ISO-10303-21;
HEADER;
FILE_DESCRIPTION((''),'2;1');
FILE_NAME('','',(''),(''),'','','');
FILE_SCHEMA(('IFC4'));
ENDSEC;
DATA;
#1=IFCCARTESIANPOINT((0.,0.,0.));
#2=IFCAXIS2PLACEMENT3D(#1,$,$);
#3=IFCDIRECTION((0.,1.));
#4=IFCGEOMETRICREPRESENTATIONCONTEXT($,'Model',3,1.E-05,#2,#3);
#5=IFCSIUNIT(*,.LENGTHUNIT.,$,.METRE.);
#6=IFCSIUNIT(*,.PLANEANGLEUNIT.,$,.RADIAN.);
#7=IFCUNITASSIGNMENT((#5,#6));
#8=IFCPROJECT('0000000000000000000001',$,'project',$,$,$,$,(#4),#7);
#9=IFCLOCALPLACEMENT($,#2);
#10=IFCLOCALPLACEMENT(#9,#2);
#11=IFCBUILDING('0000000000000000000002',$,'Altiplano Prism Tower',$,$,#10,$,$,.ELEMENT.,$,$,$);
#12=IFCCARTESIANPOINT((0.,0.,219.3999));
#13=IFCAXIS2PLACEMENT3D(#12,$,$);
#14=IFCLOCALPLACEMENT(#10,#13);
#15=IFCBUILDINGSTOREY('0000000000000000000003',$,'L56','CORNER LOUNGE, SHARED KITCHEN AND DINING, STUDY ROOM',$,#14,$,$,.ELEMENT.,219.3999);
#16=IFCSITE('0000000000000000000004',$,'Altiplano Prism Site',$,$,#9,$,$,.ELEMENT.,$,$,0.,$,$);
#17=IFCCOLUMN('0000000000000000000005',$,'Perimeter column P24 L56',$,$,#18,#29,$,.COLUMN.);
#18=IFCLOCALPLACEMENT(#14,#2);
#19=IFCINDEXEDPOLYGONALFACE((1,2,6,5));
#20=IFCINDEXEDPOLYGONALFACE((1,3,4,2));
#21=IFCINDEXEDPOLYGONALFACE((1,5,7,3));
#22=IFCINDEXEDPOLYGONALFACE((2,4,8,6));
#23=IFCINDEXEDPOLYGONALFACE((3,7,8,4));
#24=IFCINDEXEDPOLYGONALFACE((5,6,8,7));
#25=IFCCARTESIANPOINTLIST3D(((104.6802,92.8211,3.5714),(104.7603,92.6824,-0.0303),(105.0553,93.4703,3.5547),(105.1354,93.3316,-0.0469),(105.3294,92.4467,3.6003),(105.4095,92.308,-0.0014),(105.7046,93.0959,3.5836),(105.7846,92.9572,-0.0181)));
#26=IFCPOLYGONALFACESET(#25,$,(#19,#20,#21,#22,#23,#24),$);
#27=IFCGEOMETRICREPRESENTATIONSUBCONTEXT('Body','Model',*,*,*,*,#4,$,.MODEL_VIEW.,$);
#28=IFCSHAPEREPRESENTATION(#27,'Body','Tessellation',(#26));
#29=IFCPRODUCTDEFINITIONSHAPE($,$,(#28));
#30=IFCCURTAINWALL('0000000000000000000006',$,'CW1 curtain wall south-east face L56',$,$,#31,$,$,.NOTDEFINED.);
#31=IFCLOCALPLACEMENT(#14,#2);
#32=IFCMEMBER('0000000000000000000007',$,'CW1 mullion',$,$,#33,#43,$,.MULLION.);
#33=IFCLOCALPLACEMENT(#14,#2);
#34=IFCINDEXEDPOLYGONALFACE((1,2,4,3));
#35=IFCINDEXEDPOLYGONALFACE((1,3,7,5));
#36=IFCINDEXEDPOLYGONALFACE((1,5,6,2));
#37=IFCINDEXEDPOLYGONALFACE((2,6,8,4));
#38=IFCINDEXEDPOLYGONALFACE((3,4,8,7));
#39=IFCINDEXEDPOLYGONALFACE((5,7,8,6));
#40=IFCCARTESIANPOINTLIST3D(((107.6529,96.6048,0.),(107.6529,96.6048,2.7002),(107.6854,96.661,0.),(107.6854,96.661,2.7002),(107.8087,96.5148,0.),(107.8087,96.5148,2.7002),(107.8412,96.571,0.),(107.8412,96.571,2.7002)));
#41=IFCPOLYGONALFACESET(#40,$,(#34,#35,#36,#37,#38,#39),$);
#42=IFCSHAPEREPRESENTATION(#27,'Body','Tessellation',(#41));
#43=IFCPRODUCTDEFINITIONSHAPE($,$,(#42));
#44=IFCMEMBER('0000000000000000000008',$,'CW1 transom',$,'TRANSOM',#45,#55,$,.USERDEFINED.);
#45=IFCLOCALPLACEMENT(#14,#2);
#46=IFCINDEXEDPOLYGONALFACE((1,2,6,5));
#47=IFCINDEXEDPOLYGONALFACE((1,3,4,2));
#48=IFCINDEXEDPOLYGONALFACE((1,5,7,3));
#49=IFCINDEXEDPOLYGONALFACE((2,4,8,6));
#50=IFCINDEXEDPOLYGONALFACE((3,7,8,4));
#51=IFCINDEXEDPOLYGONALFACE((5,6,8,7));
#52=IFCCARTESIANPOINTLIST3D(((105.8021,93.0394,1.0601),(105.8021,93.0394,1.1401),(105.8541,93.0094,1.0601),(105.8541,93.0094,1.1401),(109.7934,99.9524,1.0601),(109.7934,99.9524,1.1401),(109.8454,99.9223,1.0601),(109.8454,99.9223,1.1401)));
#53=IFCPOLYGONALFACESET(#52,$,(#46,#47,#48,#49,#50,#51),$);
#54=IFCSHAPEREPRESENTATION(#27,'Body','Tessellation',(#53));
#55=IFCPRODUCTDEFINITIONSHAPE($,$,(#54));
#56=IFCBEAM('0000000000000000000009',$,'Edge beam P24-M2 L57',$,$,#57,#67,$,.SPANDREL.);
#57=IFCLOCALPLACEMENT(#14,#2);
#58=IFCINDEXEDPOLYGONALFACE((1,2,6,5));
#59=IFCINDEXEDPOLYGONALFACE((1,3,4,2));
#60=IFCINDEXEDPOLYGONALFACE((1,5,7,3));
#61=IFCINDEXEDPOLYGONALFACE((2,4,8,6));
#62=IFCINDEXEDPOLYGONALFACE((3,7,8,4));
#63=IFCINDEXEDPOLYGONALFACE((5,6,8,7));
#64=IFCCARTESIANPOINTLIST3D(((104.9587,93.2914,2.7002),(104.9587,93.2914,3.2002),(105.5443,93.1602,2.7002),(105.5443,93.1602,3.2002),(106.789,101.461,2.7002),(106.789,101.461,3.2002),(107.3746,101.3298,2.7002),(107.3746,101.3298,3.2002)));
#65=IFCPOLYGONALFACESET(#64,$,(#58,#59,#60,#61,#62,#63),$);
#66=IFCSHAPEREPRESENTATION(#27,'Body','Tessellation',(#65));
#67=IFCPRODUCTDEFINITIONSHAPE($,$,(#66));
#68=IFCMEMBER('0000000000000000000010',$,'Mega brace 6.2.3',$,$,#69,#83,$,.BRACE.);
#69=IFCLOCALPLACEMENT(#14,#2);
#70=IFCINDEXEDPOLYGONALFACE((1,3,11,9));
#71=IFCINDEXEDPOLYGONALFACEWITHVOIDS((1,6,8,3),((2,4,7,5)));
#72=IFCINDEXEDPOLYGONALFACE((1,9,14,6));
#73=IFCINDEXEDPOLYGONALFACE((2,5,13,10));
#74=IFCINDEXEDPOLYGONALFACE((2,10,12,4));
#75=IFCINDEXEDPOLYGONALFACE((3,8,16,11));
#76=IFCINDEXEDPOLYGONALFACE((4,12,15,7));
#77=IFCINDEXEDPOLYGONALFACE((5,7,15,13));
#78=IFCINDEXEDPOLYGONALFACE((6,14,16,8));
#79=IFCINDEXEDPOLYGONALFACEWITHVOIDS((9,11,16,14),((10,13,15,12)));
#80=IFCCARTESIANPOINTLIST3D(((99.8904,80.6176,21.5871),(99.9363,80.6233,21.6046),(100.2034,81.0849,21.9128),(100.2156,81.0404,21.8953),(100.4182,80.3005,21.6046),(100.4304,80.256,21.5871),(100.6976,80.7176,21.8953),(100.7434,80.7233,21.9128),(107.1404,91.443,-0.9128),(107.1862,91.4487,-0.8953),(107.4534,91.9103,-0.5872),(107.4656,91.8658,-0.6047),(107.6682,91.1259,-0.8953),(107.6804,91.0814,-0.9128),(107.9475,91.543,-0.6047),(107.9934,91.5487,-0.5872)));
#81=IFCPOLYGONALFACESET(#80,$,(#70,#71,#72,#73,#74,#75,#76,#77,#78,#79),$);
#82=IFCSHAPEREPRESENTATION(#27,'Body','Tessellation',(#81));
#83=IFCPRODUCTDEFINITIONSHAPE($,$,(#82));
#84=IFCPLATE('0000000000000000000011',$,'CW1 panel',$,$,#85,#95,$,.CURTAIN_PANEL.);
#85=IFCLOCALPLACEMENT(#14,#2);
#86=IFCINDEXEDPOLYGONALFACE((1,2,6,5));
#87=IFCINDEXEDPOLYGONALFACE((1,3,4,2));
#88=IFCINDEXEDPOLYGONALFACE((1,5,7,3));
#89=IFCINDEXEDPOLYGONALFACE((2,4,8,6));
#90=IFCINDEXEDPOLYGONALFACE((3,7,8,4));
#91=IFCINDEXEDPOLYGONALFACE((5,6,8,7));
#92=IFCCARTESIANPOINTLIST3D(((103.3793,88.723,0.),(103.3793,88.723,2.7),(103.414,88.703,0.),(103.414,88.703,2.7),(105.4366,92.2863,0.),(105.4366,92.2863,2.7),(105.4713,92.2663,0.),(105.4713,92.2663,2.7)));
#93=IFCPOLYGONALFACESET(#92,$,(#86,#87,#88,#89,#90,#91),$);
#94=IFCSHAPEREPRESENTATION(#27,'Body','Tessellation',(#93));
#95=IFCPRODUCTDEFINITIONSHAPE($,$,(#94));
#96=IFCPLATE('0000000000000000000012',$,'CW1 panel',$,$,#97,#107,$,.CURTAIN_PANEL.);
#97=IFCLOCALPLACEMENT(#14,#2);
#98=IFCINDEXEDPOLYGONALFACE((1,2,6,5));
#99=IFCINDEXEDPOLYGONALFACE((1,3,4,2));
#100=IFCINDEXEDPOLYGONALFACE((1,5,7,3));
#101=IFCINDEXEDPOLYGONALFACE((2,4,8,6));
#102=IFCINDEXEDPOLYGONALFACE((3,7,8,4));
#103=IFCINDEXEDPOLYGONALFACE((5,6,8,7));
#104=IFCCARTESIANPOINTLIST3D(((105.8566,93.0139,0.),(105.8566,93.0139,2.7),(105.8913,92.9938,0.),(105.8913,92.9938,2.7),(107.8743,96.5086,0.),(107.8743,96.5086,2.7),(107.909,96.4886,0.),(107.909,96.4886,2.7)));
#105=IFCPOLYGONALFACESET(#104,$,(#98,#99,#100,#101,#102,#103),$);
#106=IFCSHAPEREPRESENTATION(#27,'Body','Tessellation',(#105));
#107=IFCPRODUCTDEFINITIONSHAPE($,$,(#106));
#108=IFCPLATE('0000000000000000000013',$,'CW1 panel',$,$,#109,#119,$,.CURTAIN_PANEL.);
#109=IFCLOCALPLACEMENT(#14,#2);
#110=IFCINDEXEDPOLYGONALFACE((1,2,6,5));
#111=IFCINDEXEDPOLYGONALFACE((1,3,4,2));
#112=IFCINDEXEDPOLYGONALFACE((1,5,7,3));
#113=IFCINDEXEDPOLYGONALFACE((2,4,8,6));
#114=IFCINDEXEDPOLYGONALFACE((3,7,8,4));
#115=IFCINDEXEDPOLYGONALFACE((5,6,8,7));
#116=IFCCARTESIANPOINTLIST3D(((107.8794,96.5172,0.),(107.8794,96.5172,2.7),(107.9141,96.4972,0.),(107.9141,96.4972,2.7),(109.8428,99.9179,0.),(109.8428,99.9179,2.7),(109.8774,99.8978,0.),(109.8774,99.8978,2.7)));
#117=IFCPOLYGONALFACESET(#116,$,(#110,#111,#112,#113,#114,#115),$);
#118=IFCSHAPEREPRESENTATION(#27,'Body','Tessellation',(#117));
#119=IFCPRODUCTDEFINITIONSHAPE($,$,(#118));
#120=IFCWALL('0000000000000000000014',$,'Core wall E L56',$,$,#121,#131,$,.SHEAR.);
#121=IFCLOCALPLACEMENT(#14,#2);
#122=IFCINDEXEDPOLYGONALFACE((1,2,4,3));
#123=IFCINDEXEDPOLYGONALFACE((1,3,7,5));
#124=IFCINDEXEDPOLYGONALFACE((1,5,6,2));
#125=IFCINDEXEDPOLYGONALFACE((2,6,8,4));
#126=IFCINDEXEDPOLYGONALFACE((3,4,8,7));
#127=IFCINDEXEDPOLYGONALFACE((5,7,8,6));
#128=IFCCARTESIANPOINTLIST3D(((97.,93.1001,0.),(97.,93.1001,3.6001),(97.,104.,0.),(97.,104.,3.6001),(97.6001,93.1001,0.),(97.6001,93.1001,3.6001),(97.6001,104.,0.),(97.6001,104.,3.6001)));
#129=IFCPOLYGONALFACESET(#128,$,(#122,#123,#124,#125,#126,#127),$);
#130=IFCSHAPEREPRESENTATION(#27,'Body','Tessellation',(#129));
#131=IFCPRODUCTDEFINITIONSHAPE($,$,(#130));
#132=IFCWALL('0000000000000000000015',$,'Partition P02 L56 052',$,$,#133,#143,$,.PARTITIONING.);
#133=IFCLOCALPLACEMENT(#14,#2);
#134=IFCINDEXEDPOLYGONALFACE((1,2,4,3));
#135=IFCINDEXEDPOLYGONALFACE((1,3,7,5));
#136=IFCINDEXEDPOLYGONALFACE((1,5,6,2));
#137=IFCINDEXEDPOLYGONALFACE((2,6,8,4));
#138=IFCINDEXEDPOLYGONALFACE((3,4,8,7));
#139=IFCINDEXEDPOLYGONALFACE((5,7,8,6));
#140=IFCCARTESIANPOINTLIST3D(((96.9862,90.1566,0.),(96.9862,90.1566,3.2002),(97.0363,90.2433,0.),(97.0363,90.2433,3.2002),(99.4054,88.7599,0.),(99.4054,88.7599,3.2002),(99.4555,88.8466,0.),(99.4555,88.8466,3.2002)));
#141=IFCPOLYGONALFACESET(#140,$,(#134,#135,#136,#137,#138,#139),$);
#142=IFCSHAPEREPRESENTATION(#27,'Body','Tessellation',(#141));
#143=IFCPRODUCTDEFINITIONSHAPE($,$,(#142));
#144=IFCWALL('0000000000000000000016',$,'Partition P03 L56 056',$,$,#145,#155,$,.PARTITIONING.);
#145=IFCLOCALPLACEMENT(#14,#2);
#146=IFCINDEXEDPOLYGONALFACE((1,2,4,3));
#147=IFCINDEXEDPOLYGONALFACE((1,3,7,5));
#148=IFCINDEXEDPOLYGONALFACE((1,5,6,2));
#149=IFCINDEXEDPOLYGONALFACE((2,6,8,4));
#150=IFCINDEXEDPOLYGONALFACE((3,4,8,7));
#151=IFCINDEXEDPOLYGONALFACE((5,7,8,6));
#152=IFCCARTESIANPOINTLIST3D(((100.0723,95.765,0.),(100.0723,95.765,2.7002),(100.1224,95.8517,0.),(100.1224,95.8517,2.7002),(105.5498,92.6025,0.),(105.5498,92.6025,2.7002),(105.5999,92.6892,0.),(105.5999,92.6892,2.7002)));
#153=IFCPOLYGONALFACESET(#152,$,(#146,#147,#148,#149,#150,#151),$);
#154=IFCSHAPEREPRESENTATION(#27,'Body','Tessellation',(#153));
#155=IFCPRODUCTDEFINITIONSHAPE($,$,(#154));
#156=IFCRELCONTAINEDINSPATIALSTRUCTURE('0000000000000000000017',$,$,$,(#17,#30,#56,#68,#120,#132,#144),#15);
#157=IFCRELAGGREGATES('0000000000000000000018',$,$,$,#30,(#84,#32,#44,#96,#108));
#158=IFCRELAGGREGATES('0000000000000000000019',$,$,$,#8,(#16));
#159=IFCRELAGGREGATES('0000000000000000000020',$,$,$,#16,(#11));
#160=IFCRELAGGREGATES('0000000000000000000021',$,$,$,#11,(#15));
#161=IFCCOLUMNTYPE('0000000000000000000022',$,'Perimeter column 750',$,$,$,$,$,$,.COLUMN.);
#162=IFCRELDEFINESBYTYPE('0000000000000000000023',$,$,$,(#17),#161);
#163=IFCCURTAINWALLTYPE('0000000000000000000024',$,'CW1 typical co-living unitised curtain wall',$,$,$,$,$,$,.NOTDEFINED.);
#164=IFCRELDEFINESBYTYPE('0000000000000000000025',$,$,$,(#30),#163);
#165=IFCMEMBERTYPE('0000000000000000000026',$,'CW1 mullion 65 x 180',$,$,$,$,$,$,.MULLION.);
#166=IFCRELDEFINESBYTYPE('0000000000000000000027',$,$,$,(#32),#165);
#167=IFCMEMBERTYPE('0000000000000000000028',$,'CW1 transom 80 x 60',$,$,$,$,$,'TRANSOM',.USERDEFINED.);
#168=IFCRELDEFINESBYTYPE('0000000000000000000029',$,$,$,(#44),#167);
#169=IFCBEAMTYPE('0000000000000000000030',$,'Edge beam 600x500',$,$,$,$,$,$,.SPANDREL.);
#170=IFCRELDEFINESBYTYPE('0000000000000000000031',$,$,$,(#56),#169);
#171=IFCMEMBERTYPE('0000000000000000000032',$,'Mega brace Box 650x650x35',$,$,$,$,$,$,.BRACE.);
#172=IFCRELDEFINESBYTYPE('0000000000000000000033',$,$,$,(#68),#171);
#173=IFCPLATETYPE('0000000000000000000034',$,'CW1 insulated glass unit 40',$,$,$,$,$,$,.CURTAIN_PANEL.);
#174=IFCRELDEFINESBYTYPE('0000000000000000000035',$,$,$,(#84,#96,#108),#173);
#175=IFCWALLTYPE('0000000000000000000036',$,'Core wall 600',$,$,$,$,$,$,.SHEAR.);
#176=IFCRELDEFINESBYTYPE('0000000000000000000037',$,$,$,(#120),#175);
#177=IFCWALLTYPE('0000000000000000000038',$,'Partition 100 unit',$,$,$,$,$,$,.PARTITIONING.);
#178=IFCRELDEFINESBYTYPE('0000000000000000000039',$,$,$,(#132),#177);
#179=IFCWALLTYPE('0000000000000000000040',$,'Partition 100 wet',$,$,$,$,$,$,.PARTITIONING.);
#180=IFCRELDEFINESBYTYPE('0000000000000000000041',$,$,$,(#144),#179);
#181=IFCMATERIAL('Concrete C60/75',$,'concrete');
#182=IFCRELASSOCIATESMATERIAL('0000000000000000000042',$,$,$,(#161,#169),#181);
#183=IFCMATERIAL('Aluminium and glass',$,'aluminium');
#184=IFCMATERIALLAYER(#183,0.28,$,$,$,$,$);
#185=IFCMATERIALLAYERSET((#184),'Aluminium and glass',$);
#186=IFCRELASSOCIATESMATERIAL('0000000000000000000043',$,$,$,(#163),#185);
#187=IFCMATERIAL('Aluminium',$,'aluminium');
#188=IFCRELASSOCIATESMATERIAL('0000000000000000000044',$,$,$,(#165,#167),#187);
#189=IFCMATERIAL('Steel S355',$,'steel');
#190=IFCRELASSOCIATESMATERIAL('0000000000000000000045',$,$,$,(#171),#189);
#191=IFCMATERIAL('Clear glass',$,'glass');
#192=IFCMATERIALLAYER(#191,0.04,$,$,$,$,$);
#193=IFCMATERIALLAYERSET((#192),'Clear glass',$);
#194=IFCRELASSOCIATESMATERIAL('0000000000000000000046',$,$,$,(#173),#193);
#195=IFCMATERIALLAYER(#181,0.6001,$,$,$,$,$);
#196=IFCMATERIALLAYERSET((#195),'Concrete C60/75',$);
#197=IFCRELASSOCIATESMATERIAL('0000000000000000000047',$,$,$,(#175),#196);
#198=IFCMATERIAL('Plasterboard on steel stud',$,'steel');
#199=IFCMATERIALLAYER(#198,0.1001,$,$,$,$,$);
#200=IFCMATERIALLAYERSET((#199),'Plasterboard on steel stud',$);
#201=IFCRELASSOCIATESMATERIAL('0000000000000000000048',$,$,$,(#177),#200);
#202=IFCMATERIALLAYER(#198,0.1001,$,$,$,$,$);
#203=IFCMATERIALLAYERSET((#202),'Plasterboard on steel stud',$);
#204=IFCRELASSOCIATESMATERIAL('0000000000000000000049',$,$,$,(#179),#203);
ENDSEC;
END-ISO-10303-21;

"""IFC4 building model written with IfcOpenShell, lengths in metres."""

from ifc_helpers import new_model, si_unit, direction, frame, frame_2d, origin, origin_2d, place, context, subcontext, project, spatial, rectangle, hollow_rectangle, extrude, material, layer, layer_set, material_profile, profile_set, type_object, element, aggregate, save


model = new_model("IFC4")

# Units and contexts
model_context = context("Model", 3, precision=1e-05, world=origin(), true_north=direction((0.0, 1.0)))
body_context = subcontext(model_context, "Body", "Model", "MODEL_VIEW")
ifc_project = project(units=[si_unit("LENGTHUNIT", "METRE"), si_unit("PLANEANGLEUNIT", "RADIAN")], contexts=[model_context])

# Site, building, storey
site_placement = place(None, origin())
site = spatial("IfcSite", under=ifc_project, at=site_placement, Name="Altiplano Prism Site", CompositionType="ELEMENT", RefElevation=0.0)
building_placement = place(site_placement, origin())
building = spatial("IfcBuilding", under=site, at=building_placement, Name="Altiplano Prism Tower", CompositionType="ELEMENT")
storey_placement = place(building_placement, frame((0.0, 0.0, 219.3999)))
storey = spatial("IfcBuildingStorey", under=building, at=storey_placement, Name="L56", Description="CORNER LOUNGE, SHARED KITCHEN AND DINING, STUDY ROOM", CompositionType="ELEMENT", Elevation=219.3999)

# Column
ifc_material_1 = material(Name="Concrete C60/75", Category="concrete")
ifc_material_profile_1 = material_profile(ifc_material_1, rectangle(XDim=0.75, YDim=0.75, at=origin_2d()), Name="Perimeter column 750")
ifc_profile_set_1 = profile_set([ifc_material_profile_1], Name="Concrete C60/75")
column_type = type_object("IfcColumnType", Name="Perimeter column 750", PredefinedType="COLUMN", material=ifc_profile_set_1)
column_placement = place(storey_placement, frame((105.2725, 92.8198, -0.0242), z_axis=(-0.022212, 0.038465, 0.999013), x_axis=(-0.50017, -0.865643, 0.022209)))
element("IfcColumn", 1, at=column_placement, inside=storey, type_object=column_type, Name="Perimeter column P24 L56", PredefinedType="COLUMN", context=body_context, shape_type="SweptSolid", body=[
    extrude(rectangle(XDim=0.75, YDim=0.75, at=origin_2d()), origin(), (0.0, 0.0, 1.0), 3.6052),
])

# Curtain wall, members
ifc_material_2 = material(Name="Aluminium and glass", Category="aluminium")
ifc_layer_1 = layer(ifc_material_2, 0.28)
ifc_layer_set_1 = layer_set([ifc_layer_1], Name="Aluminium and glass")
curtain_wall_type = type_object("IfcCurtainWallType", Name="CW1 typical co-living unitised curtain wall", PredefinedType="NOTDEFINED", material=ifc_layer_set_1)
curtain_wall_placement = place(storey_placement, origin())
curtain_wall = element("IfcCurtainWall", 2, at=curtain_wall_placement, inside=storey, type_object=curtain_wall_type, Name="CW1 curtain wall south-east face L56", PredefinedType="NOTDEFINED")
ifc_material_3 = material(Name="Aluminium", Category="aluminium")
ifc_material_profile_2 = material_profile(ifc_material_3, rectangle(XDim=0.1799, YDim=0.0649, at=origin_2d()), Name="CW1 mullion 65 x 180")
ifc_profile_set_2 = profile_set([ifc_material_profile_2], Name="Aluminium")
member_type_1 = type_object("IfcMemberType", Name="CW1 mullion 65 x 180", PredefinedType="MULLION", material=ifc_profile_set_2)
member_1_placement = place(storey_placement, frame((107.7471, 96.5879, 0.0), z_axis=(0.0, 0.0, 1.0), x_axis=(-0.866025, 0.5, 0.0)))
member_1 = element("IfcMember", 3, at=member_1_placement, type_object=member_type_1, Name="CW1 mullion", PredefinedType="MULLION", context=body_context, shape_type="SweptSolid", body=[
    extrude(rectangle(XDim=0.1799, YDim=0.0649, at=origin_2d()), origin(), (0.0, 0.0, 1.0), 2.7002),
])
ifc_material_profile_3 = material_profile(ifc_material_3, rectangle(XDim=0.0601, YDim=0.0801, at=origin_2d()), Name="CW1 transom 80 x 60")
ifc_profile_set_3 = profile_set([ifc_material_profile_3], Name="Aluminium")
member_type_2 = type_object("IfcMemberType", Name="CW1 transom 80 x 60", ElementType="TRANSOM", PredefinedType="USERDEFINED", material=ifc_profile_set_3)
member_2_placement = place(storey_placement, frame((105.8281, 93.0244, 1.1001), z_axis=(0.500008, 0.866021, 0.0), x_axis=(-0.866021, 0.500008, 0.0)))
member_2 = element("IfcMember", 4, at=member_2_placement, type_object=member_type_2, Name="CW1 transom", ObjectType="TRANSOM", PredefinedType="USERDEFINED", context=body_context, shape_type="SweptSolid", body=[
    extrude(rectangle(XDim=0.0601, YDim=0.0801, at=origin_2d()), origin(), (0.0, 0.0, 1.0), 7.9824),
])

# Beam
ifc_material_profile_4 = material_profile(ifc_material_1, rectangle(XDim=0.6001, YDim=0.5, at=origin_2d()), Name="Edge beam 600x500")
ifc_profile_set_4 = profile_set([ifc_material_profile_4], Name="Concrete C60/75")
beam_type = type_object("IfcBeamType", Name="Edge beam 600x500", PredefinedType="SPANDREL", material=ifc_profile_set_4)
beam_placement = place(storey_placement, frame((105.2515, 93.2258, 2.9502), z_axis=(0.218625, 0.975809, 0.0), x_axis=(-0.975809, 0.218625, 0.0)))
element("IfcBeam", 5, at=beam_placement, inside=storey, type_object=beam_type, Name="Edge beam P24-M2 L57", PredefinedType="SPANDREL", context=body_context, shape_type="SweptSolid", body=[
    extrude(rectangle(XDim=0.6001, YDim=0.5, at=origin_2d()), origin(), (0.0, 0.0, 1.0), 8.3721),
])

# Member
ifc_material_4 = material(Name="Steel S355", Category="steel")
ifc_material_profile_5 = material_profile(ifc_material_4, hollow_rectangle(XDim=0.6499, YDim=0.6499, WallThickness=0.0349, at=origin_2d()), Name="Mega brace Box 650x650x35")
ifc_profile_set_5 = profile_set([ifc_material_profile_5], Name="Steel S355")
member_type_3 = type_object("IfcMemberType", Name="Mega brace Box 650x650x35", PredefinedType="BRACE", material=ifc_profile_set_5)
member_3_placement = place(storey_placement, frame((107.5669, 91.4958, -0.75), z_axis=(-0.278846, -0.416362, 0.865383), x_axis=(0.830878, -0.556455, 0.0)))
element("IfcMember", 6, at=member_3_placement, inside=storey, type_object=member_type_3, Name="Mega brace 6.2.3", PredefinedType="BRACE", context=body_context, shape_type="SweptSolid", body=[
    extrude(hollow_rectangle(XDim=0.6499, YDim=0.6499, WallThickness=0.0349, at=origin_2d()), origin(), (0.0, 0.0, 1.0), 26.0),
])

# Plates
ifc_material_5 = material(Name="Clear glass", Category="glass")
ifc_layer_2 = layer(ifc_material_5, 0.04)
ifc_layer_set_2 = layer_set([ifc_layer_2], Name="Clear glass")
plate_type = type_object("IfcPlateType", Name="CW1 insulated glass unit 40", PredefinedType="CURTAIN_PANEL", material=ifc_layer_set_2)
plate_1_placement = place(storey_placement, frame((104.4253, 90.4946, 0.0), z_axis=(0.0, 0.0, 1.0), x_axis=(0.5, 0.866025, 0.0)))
plate_1 = element("IfcPlate", 7, at=plate_1_placement, type_object=plate_type, Name="CW1 panel", PredefinedType="CURTAIN_PANEL", context=body_context, shape_type="SweptSolid", body=[
    extrude(rectangle(XDim=4.1145, YDim=0.04, at=origin_2d()), origin(), (0.0, 0.0, 1.0), 2.7),
])
plate_2_placement = place(storey_placement, frame((106.8828, 94.7512, 0.0), z_axis=(0.0, 0.0, 1.0), x_axis=(0.5, 0.866025, 0.0)))
plate_2 = element("IfcPlate", 8, at=plate_2_placement, type_object=plate_type, Name="CW1 panel", PredefinedType="CURTAIN_PANEL", context=body_context, shape_type="SweptSolid", body=[
    extrude(rectangle(XDim=4.0354, YDim=0.04, at=origin_2d()), origin(), (0.0, 0.0, 1.0), 2.7),
])
plate_3_placement = place(storey_placement, frame((108.8784, 98.2075, 0.0), z_axis=(0.0, 0.0, 1.0), x_axis=(0.5, 0.866025, 0.0)))
plate_3 = element("IfcPlate", 9, at=plate_3_placement, type_object=plate_type, Name="CW1 panel", PredefinedType="CURTAIN_PANEL", context=body_context, shape_type="SweptSolid", body=[
    extrude(rectangle(XDim=3.9268, YDim=0.04, at=origin_2d()), origin(), (0.0, 0.0, 1.0), 2.7),
])
aggregate(curtain_wall, [plate_1, member_1, member_2, plate_2, plate_3])

# Walls
ifc_layer_3 = layer(ifc_material_1, 0.6001)
ifc_layer_set_3 = layer_set([ifc_layer_3], Name="Concrete C60/75")
wall_type_1 = type_object("IfcWallType", Name="Core wall 600", PredefinedType="SHEAR", material=ifc_layer_set_3)
wall_1_placement = place(storey_placement, frame((97.3, 93.1001, 0.0), z_axis=(0.0, 0.0, 1.0), x_axis=(0.0, 1.0, 0.0)))
element("IfcWall", 10, at=wall_1_placement, inside=storey, type_object=wall_type_1, Name="Core wall E L56", PredefinedType="SHEAR", context=body_context, shape_type="SweptSolid", body=[
    extrude(rectangle(XDim=10.8999, YDim=0.6001, at=frame_2d((5.45, 0.0))), origin(), (0.0, 0.0, 1.0), 3.6001),
])
ifc_material_6 = material(Name="Plasterboard on steel stud", Category="steel")
ifc_layer_4 = layer(ifc_material_6, 0.1001)
ifc_layer_set_4 = layer_set([ifc_layer_4], Name="Plasterboard on steel stud")
wall_type_2 = type_object("IfcWallType", Name="Partition 100 unit", PredefinedType="PARTITIONING", material=ifc_layer_set_4)
wall_2_placement = place(storey_placement, frame((97.0112, 90.2, 0.0), z_axis=(0.0, 0.0, 1.0), x_axis=(0.866024, -0.500002, 0.0)))
element("IfcWall", 11, at=wall_2_placement, inside=storey, type_object=wall_type_2, Name="Partition P02 L56 052", PredefinedType="PARTITIONING", context=body_context, shape_type="SweptSolid", body=[
    extrude(rectangle(XDim=2.7935, YDim=0.1001, at=frame_2d((1.3967, 0.0))), origin(), (0.0, 0.0, 1.0), 3.2002),
])
ifc_layer_5 = layer(ifc_material_6, 0.1001)
ifc_layer_set_5 = layer_set([ifc_layer_5], Name="Plasterboard on steel stud")
wall_type_3 = type_object("IfcWallType", Name="Partition 100 wet", PredefinedType="PARTITIONING", material=ifc_layer_set_5)
wall_3_placement = place(storey_placement, frame((105.575, 92.6458, 0.0), z_axis=(0.0, 0.0, 1.0), x_axis=(-0.866016, 0.500016, 0.0)))
element("IfcWall", 12, at=wall_3_placement, inside=storey, type_object=wall_type_3, Name="Partition P03 L56 056", PredefinedType="PARTITIONING", context=body_context, shape_type="SweptSolid", body=[
    extrude(rectangle(XDim=6.325, YDim=0.1001, at=frame_2d((3.1626, 0.0))), origin(), (0.0, 0.0, 1.0), 2.7002),
])

save(model, "model.ifc")
